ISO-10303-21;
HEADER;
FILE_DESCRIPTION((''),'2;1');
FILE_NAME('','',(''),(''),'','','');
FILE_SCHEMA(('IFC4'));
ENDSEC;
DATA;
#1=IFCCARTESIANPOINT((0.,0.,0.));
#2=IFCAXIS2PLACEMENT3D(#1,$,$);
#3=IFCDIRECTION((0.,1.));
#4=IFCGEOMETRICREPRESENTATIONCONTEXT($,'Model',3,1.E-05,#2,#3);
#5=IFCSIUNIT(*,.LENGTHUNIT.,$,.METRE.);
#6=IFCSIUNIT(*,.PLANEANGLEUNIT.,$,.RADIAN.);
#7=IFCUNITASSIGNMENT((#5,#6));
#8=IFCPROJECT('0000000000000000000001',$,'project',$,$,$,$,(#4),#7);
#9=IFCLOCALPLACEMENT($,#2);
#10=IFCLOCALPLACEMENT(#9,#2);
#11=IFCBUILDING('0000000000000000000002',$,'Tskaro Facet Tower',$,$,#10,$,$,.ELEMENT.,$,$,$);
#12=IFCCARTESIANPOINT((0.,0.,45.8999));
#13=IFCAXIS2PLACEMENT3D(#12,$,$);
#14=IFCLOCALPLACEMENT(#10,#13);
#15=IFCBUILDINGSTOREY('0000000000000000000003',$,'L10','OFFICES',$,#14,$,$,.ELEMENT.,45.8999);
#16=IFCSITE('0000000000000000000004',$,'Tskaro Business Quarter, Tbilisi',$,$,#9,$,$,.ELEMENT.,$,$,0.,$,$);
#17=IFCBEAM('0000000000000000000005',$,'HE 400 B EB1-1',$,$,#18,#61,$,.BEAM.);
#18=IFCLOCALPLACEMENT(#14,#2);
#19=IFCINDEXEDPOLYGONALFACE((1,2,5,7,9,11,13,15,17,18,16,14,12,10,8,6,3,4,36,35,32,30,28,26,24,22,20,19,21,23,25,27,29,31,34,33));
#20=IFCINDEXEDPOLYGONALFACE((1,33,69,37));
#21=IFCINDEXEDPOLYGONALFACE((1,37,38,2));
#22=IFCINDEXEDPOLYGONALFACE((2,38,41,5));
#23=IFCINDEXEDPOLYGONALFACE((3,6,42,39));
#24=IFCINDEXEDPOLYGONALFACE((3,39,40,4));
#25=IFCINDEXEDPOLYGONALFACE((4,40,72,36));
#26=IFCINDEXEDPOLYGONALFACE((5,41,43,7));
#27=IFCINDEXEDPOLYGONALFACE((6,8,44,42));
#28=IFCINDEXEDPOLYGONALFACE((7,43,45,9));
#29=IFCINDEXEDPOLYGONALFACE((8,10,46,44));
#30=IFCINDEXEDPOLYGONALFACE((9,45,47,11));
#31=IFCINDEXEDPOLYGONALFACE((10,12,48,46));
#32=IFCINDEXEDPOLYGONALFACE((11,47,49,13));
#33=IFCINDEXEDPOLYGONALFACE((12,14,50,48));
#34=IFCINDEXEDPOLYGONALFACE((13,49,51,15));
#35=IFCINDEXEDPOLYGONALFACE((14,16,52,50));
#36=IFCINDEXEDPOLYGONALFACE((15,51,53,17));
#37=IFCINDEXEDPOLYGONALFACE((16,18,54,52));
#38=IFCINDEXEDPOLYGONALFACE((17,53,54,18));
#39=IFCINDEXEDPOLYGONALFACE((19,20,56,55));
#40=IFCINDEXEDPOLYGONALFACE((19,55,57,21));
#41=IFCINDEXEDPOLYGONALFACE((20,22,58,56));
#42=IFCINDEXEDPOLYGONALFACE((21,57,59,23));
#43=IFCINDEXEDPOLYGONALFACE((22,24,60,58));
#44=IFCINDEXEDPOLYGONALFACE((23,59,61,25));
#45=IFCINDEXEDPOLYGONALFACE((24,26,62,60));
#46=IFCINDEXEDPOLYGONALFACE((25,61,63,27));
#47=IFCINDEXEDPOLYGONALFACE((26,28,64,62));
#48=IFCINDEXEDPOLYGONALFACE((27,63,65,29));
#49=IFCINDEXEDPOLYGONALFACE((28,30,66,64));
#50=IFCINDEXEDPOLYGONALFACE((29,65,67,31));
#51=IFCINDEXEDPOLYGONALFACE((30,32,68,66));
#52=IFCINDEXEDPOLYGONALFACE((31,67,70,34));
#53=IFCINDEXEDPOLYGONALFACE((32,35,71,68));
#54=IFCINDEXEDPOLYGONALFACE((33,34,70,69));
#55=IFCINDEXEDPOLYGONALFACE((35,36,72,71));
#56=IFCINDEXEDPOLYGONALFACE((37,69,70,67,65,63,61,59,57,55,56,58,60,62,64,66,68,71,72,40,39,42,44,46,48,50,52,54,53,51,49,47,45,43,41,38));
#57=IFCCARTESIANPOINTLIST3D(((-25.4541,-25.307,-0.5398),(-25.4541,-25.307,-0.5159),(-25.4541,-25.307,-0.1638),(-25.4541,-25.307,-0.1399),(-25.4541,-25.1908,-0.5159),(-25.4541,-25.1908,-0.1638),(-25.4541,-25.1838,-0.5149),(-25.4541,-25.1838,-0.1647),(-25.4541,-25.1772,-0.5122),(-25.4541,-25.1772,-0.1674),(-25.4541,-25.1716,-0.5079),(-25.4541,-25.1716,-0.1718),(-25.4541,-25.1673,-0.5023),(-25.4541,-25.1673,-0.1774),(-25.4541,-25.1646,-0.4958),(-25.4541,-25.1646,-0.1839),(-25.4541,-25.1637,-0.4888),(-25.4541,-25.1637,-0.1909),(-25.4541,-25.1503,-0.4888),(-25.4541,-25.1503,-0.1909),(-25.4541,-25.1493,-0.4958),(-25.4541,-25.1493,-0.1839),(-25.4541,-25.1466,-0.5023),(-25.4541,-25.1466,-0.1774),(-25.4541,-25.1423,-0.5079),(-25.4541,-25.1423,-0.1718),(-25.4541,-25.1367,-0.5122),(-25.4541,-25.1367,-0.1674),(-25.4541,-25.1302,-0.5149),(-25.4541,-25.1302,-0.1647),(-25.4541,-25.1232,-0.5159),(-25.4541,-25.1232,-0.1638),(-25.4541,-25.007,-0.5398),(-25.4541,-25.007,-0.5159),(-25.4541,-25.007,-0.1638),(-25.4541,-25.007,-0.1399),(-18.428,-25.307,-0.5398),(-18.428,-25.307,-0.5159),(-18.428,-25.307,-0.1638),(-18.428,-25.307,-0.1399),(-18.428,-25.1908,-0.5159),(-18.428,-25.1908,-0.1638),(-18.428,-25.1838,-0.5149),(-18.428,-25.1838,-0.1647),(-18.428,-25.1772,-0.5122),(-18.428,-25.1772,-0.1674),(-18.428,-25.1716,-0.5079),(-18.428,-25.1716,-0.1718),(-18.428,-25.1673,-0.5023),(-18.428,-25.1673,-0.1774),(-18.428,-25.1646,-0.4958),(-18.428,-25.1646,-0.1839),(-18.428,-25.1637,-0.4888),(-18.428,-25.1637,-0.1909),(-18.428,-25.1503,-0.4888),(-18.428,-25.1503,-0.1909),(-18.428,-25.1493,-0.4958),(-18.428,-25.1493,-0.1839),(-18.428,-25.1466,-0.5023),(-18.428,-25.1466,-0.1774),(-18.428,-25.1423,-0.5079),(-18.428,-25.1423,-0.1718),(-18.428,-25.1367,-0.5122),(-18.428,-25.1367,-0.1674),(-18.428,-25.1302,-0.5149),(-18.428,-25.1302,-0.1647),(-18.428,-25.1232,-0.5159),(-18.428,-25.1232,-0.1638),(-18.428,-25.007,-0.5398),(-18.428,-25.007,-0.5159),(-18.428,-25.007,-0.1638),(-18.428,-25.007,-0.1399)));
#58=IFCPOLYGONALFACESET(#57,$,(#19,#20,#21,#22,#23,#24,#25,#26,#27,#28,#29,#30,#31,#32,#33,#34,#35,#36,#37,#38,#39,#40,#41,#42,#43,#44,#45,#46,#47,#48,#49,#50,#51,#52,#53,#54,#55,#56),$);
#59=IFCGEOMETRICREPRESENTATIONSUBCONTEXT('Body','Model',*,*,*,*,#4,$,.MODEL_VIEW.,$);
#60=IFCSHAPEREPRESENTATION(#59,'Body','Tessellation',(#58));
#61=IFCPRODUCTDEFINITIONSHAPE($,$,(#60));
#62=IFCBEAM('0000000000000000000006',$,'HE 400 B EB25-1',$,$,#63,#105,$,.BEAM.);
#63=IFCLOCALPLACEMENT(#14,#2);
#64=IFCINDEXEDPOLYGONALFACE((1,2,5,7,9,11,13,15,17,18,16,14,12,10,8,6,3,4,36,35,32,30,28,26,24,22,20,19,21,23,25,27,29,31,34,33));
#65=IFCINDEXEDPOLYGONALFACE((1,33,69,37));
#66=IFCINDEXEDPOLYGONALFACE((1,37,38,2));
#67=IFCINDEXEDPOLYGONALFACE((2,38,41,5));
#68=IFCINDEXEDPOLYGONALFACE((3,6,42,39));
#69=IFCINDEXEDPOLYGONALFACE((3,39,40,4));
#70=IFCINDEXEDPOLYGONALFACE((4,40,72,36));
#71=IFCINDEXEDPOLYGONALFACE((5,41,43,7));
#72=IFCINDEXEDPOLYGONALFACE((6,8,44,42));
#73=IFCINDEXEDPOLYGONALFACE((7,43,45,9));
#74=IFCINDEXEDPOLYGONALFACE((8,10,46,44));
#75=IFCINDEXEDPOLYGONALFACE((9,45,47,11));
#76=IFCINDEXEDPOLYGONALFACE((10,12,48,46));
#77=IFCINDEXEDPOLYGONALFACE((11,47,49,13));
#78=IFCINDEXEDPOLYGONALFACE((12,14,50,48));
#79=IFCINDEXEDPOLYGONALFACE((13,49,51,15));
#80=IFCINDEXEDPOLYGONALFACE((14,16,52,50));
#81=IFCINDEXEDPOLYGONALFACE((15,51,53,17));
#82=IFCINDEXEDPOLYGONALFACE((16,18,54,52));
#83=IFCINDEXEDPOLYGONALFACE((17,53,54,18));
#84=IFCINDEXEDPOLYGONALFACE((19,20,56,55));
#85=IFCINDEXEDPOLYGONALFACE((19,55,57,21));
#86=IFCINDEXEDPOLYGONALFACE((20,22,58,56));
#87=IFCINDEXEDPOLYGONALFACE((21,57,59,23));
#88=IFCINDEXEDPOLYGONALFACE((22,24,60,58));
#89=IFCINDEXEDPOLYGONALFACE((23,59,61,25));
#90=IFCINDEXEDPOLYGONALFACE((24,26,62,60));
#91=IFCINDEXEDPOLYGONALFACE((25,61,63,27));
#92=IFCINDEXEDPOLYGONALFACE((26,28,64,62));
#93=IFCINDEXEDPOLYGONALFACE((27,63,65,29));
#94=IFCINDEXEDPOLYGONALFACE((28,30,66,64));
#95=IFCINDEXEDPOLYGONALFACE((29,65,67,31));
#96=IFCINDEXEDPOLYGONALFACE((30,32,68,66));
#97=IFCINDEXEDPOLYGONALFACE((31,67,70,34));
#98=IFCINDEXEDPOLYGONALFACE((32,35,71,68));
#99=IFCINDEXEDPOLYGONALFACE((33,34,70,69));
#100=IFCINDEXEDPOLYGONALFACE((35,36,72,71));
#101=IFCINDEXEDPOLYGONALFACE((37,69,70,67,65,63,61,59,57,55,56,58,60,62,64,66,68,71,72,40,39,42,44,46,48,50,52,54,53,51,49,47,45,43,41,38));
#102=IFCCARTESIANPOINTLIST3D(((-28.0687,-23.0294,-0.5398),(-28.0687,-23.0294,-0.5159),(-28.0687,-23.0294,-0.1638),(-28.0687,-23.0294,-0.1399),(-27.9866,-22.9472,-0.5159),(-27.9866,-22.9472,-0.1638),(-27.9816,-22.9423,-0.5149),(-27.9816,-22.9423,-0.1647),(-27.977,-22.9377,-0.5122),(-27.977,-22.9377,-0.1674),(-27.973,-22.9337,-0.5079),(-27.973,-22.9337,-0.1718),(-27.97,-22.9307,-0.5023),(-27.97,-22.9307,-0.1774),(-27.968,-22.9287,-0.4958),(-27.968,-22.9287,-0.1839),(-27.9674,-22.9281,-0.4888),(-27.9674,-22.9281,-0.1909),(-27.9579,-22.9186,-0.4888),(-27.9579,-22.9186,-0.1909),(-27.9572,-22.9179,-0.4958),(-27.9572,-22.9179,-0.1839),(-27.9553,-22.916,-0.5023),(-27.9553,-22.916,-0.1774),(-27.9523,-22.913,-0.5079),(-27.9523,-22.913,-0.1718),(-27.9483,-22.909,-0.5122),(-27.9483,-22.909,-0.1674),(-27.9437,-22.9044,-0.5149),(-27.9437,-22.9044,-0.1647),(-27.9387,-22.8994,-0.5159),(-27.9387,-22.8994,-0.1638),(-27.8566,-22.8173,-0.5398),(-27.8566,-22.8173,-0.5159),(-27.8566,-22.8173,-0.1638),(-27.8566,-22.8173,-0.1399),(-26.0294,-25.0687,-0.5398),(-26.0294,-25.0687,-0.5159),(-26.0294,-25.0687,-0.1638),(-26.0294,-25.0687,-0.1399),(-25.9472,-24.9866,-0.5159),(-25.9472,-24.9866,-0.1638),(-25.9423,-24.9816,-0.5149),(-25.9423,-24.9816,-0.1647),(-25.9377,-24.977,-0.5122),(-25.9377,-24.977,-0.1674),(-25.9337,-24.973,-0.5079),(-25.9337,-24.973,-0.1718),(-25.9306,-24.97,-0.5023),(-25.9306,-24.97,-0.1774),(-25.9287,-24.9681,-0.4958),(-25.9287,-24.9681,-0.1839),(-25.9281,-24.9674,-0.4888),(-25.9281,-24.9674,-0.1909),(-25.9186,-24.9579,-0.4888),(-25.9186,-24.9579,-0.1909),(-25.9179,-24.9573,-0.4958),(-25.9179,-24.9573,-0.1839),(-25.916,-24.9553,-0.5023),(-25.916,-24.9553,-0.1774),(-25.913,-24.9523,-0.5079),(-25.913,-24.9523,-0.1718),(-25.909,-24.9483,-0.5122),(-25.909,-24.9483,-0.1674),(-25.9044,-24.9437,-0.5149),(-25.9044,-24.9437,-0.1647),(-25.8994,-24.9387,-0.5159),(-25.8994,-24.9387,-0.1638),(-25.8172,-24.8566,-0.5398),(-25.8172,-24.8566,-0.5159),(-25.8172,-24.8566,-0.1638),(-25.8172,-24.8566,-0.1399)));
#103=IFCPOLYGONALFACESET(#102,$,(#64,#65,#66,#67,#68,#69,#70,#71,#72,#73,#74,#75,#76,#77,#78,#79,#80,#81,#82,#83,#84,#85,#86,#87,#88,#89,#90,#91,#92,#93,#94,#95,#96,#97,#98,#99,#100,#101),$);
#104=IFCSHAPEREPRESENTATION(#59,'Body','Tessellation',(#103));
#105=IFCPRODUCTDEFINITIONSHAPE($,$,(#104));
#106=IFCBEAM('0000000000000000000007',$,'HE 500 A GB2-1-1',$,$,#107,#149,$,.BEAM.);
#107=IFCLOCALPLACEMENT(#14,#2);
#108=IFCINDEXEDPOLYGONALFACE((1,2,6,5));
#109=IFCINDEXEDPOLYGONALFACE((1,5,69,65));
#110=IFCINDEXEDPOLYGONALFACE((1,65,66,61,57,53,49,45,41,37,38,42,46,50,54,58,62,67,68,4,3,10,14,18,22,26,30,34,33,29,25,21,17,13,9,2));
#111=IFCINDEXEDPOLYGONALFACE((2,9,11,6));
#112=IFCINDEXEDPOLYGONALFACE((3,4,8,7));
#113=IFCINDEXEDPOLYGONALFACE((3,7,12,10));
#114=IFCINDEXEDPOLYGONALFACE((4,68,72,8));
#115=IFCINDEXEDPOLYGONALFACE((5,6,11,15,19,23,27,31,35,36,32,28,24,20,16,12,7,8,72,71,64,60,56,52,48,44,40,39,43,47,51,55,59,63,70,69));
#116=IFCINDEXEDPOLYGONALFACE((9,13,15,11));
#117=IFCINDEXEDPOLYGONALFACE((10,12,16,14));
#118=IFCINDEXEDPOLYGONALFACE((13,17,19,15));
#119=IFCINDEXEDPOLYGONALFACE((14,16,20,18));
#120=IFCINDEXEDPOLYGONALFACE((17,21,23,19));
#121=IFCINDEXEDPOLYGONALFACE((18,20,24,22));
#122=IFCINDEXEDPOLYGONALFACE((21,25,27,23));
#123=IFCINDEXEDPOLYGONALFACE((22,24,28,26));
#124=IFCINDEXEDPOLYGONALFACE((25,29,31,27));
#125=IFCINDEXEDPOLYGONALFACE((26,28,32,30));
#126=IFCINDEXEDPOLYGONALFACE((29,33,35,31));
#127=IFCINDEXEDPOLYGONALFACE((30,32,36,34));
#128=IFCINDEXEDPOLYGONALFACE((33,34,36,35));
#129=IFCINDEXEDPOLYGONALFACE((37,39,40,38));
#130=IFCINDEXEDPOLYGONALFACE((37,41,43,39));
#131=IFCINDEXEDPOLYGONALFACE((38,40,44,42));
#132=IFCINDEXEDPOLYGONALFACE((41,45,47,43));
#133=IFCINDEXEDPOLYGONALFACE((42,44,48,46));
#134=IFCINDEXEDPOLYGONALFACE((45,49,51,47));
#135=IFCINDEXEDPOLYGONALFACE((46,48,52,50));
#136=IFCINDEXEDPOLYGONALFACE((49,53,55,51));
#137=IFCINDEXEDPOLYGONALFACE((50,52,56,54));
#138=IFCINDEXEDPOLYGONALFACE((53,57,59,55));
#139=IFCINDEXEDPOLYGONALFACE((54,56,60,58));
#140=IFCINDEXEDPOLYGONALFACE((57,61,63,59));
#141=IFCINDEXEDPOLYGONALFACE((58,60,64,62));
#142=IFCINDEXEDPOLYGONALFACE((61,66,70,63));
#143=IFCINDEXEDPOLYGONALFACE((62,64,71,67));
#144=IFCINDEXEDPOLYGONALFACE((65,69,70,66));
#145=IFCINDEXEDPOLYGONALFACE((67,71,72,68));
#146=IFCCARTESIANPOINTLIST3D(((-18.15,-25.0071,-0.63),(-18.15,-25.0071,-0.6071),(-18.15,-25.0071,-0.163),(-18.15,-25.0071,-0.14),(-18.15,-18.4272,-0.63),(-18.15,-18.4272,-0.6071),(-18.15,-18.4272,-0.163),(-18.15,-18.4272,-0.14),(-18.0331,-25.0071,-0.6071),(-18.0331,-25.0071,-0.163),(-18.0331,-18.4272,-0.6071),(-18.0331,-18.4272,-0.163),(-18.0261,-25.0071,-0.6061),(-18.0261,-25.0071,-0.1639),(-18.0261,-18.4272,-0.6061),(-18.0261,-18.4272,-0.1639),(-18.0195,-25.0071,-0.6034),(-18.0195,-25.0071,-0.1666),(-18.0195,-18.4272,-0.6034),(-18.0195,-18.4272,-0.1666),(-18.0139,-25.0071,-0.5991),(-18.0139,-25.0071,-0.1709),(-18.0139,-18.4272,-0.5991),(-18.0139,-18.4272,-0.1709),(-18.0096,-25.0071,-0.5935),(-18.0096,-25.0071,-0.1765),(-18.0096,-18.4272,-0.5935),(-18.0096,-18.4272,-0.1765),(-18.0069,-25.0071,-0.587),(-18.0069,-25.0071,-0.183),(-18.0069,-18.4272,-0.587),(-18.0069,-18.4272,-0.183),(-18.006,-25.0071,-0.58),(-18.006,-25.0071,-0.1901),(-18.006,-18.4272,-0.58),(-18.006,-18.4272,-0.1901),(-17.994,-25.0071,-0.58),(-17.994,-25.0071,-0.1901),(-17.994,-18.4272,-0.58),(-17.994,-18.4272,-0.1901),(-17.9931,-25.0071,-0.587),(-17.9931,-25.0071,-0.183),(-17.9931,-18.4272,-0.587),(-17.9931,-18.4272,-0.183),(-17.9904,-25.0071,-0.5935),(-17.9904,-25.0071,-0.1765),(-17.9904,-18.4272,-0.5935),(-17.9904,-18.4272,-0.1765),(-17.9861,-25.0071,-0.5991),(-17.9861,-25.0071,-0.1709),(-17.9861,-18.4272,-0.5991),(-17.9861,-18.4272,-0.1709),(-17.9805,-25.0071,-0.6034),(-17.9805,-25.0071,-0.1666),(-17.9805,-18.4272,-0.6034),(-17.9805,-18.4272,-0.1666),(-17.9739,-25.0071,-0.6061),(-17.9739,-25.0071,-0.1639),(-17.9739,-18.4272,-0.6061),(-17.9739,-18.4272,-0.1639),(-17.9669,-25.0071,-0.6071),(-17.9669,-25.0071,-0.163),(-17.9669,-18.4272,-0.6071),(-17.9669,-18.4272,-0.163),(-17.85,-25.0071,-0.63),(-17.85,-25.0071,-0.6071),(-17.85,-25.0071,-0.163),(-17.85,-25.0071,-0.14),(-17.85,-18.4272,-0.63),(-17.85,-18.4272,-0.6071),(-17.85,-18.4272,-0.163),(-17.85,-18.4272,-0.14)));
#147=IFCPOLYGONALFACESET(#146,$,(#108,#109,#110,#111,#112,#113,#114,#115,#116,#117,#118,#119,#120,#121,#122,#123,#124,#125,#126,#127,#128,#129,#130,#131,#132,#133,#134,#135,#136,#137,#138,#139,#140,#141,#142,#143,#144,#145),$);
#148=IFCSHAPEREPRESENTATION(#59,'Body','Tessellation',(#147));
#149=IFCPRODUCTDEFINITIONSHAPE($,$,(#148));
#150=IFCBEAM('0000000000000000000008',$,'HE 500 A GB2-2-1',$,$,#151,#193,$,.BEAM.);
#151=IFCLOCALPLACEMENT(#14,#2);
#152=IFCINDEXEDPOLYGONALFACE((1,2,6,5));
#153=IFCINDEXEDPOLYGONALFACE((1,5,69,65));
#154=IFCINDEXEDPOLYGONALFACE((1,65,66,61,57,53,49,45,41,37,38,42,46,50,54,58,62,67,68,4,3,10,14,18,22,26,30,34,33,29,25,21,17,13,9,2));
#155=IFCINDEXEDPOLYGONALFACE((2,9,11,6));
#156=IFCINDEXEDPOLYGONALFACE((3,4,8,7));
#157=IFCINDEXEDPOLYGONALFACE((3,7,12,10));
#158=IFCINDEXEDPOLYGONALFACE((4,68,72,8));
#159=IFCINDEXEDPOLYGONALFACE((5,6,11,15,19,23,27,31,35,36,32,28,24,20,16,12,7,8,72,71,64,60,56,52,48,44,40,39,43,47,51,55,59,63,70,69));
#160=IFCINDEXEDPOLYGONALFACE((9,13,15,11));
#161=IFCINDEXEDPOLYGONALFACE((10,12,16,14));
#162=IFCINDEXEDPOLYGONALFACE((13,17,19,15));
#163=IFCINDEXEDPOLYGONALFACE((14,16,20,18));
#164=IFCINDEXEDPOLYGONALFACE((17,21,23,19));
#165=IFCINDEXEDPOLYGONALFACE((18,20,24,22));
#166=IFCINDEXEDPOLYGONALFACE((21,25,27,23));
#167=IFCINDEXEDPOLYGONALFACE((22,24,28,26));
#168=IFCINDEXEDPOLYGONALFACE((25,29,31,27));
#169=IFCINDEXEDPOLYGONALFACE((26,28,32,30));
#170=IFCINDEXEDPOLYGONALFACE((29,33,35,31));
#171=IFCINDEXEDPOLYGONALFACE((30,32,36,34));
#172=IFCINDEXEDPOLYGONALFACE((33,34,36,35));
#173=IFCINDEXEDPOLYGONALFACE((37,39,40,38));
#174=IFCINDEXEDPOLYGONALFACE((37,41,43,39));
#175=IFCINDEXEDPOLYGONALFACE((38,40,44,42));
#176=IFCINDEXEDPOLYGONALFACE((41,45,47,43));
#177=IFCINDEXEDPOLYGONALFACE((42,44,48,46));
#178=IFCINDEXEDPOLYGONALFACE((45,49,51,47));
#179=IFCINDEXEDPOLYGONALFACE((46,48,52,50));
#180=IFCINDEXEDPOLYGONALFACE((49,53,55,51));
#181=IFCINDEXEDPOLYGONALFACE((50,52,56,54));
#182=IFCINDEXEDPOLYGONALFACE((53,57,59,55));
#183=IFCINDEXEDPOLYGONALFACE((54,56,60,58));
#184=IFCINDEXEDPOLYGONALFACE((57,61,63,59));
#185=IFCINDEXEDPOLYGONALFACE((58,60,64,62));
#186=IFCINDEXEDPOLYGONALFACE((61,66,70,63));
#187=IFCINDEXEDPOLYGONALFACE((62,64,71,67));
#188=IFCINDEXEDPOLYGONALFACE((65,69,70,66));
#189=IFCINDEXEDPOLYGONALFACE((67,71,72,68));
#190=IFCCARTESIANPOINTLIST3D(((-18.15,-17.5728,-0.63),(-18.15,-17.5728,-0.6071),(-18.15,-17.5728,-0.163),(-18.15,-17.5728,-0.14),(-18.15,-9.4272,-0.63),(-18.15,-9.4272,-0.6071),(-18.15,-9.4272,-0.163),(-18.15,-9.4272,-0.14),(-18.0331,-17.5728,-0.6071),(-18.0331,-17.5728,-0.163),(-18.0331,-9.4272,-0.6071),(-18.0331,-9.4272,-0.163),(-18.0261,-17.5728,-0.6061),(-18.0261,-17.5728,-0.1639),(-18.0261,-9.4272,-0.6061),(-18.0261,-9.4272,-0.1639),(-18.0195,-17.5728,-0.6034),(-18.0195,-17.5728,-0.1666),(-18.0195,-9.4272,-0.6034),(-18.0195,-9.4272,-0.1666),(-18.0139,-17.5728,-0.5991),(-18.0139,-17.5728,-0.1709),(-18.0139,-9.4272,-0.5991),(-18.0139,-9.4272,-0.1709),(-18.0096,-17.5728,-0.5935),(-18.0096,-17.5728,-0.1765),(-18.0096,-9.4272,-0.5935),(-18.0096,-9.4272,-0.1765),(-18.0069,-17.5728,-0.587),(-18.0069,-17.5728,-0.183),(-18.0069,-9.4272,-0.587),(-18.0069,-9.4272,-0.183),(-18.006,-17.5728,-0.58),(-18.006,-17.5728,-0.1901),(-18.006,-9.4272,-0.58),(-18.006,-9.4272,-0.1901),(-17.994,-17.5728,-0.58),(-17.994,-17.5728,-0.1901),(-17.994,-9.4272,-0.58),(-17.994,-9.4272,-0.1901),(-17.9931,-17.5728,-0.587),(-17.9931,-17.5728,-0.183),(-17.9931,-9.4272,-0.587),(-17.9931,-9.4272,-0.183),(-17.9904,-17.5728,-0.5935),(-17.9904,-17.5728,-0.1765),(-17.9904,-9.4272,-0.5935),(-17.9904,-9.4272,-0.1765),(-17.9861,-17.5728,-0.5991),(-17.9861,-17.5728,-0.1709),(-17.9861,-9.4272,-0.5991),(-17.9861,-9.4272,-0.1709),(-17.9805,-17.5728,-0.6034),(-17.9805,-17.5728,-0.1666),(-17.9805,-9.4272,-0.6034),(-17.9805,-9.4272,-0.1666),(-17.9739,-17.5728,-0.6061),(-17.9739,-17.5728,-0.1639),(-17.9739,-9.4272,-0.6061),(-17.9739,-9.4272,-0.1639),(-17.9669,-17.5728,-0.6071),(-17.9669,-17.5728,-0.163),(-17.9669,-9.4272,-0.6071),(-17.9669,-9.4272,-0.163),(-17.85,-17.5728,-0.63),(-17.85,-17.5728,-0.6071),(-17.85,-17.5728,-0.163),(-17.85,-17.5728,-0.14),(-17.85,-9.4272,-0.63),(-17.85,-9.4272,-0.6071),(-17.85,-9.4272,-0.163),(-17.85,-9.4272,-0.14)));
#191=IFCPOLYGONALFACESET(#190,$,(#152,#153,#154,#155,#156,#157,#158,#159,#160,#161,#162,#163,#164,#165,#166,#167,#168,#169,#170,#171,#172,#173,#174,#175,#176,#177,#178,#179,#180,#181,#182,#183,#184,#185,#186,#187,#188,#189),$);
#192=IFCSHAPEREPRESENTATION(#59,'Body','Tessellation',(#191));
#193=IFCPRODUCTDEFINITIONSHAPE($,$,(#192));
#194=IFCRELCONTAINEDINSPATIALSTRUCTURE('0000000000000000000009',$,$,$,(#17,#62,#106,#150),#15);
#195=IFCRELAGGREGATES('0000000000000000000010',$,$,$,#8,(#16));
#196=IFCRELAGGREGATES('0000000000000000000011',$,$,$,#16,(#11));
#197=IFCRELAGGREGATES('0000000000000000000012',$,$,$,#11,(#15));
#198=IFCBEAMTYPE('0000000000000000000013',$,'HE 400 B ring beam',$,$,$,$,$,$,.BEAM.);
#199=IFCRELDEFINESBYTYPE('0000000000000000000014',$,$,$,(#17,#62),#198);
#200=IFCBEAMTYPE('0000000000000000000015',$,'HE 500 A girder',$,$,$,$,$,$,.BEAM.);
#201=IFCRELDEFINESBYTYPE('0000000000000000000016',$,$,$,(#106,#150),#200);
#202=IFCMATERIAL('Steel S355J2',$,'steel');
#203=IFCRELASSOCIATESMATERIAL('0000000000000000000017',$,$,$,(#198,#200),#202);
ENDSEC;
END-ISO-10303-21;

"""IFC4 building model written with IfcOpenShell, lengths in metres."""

from ifc_helpers import new_model, si_unit, direction, frame, origin, origin_2d, place, context, subcontext, project, spatial, i_section, extrude, material, material_profile, profile_set, type_object, element, save


model = new_model("IFC4")

# Units and contexts
model_context = context("Model", 3, precision=1e-05, world=origin(), true_north=direction((0.0, 1.0)))
body_context = subcontext(model_context, "Body", "Model", "MODEL_VIEW")
ifc_project = project(units=[si_unit("LENGTHUNIT", "METRE"), si_unit("PLANEANGLEUNIT", "RADIAN")], contexts=[model_context])

# Site, building, storey
site_placement = place(None, origin())
site = spatial("IfcSite", under=ifc_project, at=site_placement, Name="Tskaro Business Quarter, Tbilisi", CompositionType="ELEMENT", RefElevation=0.0)
building_placement = place(site_placement, origin())
building = spatial("IfcBuilding", under=site, at=building_placement, Name="Tskaro Facet Tower", CompositionType="ELEMENT")
storey_placement = place(building_placement, frame((0.0, 0.0, 45.8999)))
storey = spatial("IfcBuildingStorey", under=building, at=storey_placement, Name="L10", Description="OFFICES", CompositionType="ELEMENT", Elevation=45.8999)

# Beams
ifc_material_1 = material(Name="Steel S355J2", Category="steel")
ifc_material_profile_1 = material_profile(ifc_material_1, i_section(OverallWidth=0.3, OverallDepth=0.3999, WebThickness=0.0134, FlangeThickness=0.0239, FilletRadius=0.0271, at=origin_2d()), Name="HE 400 B")
ifc_profile_set_1 = profile_set([ifc_material_profile_1], Name="Steel S355J2")
beam_type_1 = type_object("IfcBeamType", Name="HE 400 B ring beam", PredefinedType="BEAM", material=ifc_profile_set_1)
beam_1_placement = place(storey_placement, frame((-25.4541, -25.157, -0.3398), z_axis=(1.0, 0.0, 0.0), x_axis=(0.0, 1.0, 0.0)))
element("IfcBeam", 1, at=beam_1_placement, inside=storey, type_object=beam_type_1, Name="HE 400 B EB1-1", PredefinedType="BEAM", context=body_context, shape_type="SweptSolid", body=[
    extrude(i_section(OverallWidth=0.3, OverallDepth=0.3999, WebThickness=0.0134, FlangeThickness=0.0239, FilletRadius=0.0271, at=origin_2d()), origin(), (0.0, 0.0, 1.0), 7.0261),
])
beam_2_placement = place(storey_placement, frame((-27.9626, -22.9233, -0.3398), z_axis=(0.707107, -0.707107, 0.0), x_axis=(0.707107, 0.707107, 0.0)))
element("IfcBeam", 2, at=beam_2_placement, inside=storey, type_object=beam_type_1, Name="HE 400 B EB25-1", PredefinedType="BEAM", context=body_context, shape_type="SweptSolid", body=[
    extrude(i_section(OverallWidth=0.3, OverallDepth=0.3999, WebThickness=0.0134, FlangeThickness=0.0239, FilletRadius=0.0271, at=origin_2d()), origin(), (0.0, 0.0, 1.0), 2.884),
])
ifc_material_profile_2 = material_profile(ifc_material_1, i_section(OverallWidth=0.3, OverallDepth=0.49, WebThickness=0.012, FlangeThickness=0.0229, FilletRadius=0.0271, at=origin_2d()), Name="HE 500 A")
ifc_profile_set_2 = profile_set([ifc_material_profile_2], Name="Steel S355J2")
beam_type_2 = type_object("IfcBeamType", Name="HE 500 A girder", PredefinedType="BEAM", material=ifc_profile_set_2)
beam_3_placement = place(storey_placement, frame((-18.0, -25.0071, -0.385), z_axis=(0.0, 1.0, 0.0), x_axis=(-1.0, 0.0, 0.0)))
element("IfcBeam", 3, at=beam_3_placement, inside=storey, type_object=beam_type_2, Name="HE 500 A GB2-1-1", PredefinedType="BEAM", context=body_context, shape_type="SweptSolid", body=[
    extrude(i_section(OverallWidth=0.3, OverallDepth=0.49, WebThickness=0.012, FlangeThickness=0.0229, FilletRadius=0.0271, at=origin_2d()), origin(), (0.0, 0.0, 1.0), 6.5798),
])
beam_4_placement = place(storey_placement, frame((-18.0, -17.5728, -0.385), z_axis=(0.0, 1.0, 0.0), x_axis=(-1.0, 0.0, 0.0)))
element("IfcBeam", 4, at=beam_4_placement, inside=storey, type_object=beam_type_2, Name="HE 500 A GB2-2-1", PredefinedType="BEAM", context=body_context, shape_type="SweptSolid", body=[
    extrude(i_section(OverallWidth=0.3, OverallDepth=0.49, WebThickness=0.012, FlangeThickness=0.0229, FilletRadius=0.0271, at=origin_2d()), origin(), (0.0, 0.0, 1.0), 8.1455),
])

save(model, "model.ifc")
